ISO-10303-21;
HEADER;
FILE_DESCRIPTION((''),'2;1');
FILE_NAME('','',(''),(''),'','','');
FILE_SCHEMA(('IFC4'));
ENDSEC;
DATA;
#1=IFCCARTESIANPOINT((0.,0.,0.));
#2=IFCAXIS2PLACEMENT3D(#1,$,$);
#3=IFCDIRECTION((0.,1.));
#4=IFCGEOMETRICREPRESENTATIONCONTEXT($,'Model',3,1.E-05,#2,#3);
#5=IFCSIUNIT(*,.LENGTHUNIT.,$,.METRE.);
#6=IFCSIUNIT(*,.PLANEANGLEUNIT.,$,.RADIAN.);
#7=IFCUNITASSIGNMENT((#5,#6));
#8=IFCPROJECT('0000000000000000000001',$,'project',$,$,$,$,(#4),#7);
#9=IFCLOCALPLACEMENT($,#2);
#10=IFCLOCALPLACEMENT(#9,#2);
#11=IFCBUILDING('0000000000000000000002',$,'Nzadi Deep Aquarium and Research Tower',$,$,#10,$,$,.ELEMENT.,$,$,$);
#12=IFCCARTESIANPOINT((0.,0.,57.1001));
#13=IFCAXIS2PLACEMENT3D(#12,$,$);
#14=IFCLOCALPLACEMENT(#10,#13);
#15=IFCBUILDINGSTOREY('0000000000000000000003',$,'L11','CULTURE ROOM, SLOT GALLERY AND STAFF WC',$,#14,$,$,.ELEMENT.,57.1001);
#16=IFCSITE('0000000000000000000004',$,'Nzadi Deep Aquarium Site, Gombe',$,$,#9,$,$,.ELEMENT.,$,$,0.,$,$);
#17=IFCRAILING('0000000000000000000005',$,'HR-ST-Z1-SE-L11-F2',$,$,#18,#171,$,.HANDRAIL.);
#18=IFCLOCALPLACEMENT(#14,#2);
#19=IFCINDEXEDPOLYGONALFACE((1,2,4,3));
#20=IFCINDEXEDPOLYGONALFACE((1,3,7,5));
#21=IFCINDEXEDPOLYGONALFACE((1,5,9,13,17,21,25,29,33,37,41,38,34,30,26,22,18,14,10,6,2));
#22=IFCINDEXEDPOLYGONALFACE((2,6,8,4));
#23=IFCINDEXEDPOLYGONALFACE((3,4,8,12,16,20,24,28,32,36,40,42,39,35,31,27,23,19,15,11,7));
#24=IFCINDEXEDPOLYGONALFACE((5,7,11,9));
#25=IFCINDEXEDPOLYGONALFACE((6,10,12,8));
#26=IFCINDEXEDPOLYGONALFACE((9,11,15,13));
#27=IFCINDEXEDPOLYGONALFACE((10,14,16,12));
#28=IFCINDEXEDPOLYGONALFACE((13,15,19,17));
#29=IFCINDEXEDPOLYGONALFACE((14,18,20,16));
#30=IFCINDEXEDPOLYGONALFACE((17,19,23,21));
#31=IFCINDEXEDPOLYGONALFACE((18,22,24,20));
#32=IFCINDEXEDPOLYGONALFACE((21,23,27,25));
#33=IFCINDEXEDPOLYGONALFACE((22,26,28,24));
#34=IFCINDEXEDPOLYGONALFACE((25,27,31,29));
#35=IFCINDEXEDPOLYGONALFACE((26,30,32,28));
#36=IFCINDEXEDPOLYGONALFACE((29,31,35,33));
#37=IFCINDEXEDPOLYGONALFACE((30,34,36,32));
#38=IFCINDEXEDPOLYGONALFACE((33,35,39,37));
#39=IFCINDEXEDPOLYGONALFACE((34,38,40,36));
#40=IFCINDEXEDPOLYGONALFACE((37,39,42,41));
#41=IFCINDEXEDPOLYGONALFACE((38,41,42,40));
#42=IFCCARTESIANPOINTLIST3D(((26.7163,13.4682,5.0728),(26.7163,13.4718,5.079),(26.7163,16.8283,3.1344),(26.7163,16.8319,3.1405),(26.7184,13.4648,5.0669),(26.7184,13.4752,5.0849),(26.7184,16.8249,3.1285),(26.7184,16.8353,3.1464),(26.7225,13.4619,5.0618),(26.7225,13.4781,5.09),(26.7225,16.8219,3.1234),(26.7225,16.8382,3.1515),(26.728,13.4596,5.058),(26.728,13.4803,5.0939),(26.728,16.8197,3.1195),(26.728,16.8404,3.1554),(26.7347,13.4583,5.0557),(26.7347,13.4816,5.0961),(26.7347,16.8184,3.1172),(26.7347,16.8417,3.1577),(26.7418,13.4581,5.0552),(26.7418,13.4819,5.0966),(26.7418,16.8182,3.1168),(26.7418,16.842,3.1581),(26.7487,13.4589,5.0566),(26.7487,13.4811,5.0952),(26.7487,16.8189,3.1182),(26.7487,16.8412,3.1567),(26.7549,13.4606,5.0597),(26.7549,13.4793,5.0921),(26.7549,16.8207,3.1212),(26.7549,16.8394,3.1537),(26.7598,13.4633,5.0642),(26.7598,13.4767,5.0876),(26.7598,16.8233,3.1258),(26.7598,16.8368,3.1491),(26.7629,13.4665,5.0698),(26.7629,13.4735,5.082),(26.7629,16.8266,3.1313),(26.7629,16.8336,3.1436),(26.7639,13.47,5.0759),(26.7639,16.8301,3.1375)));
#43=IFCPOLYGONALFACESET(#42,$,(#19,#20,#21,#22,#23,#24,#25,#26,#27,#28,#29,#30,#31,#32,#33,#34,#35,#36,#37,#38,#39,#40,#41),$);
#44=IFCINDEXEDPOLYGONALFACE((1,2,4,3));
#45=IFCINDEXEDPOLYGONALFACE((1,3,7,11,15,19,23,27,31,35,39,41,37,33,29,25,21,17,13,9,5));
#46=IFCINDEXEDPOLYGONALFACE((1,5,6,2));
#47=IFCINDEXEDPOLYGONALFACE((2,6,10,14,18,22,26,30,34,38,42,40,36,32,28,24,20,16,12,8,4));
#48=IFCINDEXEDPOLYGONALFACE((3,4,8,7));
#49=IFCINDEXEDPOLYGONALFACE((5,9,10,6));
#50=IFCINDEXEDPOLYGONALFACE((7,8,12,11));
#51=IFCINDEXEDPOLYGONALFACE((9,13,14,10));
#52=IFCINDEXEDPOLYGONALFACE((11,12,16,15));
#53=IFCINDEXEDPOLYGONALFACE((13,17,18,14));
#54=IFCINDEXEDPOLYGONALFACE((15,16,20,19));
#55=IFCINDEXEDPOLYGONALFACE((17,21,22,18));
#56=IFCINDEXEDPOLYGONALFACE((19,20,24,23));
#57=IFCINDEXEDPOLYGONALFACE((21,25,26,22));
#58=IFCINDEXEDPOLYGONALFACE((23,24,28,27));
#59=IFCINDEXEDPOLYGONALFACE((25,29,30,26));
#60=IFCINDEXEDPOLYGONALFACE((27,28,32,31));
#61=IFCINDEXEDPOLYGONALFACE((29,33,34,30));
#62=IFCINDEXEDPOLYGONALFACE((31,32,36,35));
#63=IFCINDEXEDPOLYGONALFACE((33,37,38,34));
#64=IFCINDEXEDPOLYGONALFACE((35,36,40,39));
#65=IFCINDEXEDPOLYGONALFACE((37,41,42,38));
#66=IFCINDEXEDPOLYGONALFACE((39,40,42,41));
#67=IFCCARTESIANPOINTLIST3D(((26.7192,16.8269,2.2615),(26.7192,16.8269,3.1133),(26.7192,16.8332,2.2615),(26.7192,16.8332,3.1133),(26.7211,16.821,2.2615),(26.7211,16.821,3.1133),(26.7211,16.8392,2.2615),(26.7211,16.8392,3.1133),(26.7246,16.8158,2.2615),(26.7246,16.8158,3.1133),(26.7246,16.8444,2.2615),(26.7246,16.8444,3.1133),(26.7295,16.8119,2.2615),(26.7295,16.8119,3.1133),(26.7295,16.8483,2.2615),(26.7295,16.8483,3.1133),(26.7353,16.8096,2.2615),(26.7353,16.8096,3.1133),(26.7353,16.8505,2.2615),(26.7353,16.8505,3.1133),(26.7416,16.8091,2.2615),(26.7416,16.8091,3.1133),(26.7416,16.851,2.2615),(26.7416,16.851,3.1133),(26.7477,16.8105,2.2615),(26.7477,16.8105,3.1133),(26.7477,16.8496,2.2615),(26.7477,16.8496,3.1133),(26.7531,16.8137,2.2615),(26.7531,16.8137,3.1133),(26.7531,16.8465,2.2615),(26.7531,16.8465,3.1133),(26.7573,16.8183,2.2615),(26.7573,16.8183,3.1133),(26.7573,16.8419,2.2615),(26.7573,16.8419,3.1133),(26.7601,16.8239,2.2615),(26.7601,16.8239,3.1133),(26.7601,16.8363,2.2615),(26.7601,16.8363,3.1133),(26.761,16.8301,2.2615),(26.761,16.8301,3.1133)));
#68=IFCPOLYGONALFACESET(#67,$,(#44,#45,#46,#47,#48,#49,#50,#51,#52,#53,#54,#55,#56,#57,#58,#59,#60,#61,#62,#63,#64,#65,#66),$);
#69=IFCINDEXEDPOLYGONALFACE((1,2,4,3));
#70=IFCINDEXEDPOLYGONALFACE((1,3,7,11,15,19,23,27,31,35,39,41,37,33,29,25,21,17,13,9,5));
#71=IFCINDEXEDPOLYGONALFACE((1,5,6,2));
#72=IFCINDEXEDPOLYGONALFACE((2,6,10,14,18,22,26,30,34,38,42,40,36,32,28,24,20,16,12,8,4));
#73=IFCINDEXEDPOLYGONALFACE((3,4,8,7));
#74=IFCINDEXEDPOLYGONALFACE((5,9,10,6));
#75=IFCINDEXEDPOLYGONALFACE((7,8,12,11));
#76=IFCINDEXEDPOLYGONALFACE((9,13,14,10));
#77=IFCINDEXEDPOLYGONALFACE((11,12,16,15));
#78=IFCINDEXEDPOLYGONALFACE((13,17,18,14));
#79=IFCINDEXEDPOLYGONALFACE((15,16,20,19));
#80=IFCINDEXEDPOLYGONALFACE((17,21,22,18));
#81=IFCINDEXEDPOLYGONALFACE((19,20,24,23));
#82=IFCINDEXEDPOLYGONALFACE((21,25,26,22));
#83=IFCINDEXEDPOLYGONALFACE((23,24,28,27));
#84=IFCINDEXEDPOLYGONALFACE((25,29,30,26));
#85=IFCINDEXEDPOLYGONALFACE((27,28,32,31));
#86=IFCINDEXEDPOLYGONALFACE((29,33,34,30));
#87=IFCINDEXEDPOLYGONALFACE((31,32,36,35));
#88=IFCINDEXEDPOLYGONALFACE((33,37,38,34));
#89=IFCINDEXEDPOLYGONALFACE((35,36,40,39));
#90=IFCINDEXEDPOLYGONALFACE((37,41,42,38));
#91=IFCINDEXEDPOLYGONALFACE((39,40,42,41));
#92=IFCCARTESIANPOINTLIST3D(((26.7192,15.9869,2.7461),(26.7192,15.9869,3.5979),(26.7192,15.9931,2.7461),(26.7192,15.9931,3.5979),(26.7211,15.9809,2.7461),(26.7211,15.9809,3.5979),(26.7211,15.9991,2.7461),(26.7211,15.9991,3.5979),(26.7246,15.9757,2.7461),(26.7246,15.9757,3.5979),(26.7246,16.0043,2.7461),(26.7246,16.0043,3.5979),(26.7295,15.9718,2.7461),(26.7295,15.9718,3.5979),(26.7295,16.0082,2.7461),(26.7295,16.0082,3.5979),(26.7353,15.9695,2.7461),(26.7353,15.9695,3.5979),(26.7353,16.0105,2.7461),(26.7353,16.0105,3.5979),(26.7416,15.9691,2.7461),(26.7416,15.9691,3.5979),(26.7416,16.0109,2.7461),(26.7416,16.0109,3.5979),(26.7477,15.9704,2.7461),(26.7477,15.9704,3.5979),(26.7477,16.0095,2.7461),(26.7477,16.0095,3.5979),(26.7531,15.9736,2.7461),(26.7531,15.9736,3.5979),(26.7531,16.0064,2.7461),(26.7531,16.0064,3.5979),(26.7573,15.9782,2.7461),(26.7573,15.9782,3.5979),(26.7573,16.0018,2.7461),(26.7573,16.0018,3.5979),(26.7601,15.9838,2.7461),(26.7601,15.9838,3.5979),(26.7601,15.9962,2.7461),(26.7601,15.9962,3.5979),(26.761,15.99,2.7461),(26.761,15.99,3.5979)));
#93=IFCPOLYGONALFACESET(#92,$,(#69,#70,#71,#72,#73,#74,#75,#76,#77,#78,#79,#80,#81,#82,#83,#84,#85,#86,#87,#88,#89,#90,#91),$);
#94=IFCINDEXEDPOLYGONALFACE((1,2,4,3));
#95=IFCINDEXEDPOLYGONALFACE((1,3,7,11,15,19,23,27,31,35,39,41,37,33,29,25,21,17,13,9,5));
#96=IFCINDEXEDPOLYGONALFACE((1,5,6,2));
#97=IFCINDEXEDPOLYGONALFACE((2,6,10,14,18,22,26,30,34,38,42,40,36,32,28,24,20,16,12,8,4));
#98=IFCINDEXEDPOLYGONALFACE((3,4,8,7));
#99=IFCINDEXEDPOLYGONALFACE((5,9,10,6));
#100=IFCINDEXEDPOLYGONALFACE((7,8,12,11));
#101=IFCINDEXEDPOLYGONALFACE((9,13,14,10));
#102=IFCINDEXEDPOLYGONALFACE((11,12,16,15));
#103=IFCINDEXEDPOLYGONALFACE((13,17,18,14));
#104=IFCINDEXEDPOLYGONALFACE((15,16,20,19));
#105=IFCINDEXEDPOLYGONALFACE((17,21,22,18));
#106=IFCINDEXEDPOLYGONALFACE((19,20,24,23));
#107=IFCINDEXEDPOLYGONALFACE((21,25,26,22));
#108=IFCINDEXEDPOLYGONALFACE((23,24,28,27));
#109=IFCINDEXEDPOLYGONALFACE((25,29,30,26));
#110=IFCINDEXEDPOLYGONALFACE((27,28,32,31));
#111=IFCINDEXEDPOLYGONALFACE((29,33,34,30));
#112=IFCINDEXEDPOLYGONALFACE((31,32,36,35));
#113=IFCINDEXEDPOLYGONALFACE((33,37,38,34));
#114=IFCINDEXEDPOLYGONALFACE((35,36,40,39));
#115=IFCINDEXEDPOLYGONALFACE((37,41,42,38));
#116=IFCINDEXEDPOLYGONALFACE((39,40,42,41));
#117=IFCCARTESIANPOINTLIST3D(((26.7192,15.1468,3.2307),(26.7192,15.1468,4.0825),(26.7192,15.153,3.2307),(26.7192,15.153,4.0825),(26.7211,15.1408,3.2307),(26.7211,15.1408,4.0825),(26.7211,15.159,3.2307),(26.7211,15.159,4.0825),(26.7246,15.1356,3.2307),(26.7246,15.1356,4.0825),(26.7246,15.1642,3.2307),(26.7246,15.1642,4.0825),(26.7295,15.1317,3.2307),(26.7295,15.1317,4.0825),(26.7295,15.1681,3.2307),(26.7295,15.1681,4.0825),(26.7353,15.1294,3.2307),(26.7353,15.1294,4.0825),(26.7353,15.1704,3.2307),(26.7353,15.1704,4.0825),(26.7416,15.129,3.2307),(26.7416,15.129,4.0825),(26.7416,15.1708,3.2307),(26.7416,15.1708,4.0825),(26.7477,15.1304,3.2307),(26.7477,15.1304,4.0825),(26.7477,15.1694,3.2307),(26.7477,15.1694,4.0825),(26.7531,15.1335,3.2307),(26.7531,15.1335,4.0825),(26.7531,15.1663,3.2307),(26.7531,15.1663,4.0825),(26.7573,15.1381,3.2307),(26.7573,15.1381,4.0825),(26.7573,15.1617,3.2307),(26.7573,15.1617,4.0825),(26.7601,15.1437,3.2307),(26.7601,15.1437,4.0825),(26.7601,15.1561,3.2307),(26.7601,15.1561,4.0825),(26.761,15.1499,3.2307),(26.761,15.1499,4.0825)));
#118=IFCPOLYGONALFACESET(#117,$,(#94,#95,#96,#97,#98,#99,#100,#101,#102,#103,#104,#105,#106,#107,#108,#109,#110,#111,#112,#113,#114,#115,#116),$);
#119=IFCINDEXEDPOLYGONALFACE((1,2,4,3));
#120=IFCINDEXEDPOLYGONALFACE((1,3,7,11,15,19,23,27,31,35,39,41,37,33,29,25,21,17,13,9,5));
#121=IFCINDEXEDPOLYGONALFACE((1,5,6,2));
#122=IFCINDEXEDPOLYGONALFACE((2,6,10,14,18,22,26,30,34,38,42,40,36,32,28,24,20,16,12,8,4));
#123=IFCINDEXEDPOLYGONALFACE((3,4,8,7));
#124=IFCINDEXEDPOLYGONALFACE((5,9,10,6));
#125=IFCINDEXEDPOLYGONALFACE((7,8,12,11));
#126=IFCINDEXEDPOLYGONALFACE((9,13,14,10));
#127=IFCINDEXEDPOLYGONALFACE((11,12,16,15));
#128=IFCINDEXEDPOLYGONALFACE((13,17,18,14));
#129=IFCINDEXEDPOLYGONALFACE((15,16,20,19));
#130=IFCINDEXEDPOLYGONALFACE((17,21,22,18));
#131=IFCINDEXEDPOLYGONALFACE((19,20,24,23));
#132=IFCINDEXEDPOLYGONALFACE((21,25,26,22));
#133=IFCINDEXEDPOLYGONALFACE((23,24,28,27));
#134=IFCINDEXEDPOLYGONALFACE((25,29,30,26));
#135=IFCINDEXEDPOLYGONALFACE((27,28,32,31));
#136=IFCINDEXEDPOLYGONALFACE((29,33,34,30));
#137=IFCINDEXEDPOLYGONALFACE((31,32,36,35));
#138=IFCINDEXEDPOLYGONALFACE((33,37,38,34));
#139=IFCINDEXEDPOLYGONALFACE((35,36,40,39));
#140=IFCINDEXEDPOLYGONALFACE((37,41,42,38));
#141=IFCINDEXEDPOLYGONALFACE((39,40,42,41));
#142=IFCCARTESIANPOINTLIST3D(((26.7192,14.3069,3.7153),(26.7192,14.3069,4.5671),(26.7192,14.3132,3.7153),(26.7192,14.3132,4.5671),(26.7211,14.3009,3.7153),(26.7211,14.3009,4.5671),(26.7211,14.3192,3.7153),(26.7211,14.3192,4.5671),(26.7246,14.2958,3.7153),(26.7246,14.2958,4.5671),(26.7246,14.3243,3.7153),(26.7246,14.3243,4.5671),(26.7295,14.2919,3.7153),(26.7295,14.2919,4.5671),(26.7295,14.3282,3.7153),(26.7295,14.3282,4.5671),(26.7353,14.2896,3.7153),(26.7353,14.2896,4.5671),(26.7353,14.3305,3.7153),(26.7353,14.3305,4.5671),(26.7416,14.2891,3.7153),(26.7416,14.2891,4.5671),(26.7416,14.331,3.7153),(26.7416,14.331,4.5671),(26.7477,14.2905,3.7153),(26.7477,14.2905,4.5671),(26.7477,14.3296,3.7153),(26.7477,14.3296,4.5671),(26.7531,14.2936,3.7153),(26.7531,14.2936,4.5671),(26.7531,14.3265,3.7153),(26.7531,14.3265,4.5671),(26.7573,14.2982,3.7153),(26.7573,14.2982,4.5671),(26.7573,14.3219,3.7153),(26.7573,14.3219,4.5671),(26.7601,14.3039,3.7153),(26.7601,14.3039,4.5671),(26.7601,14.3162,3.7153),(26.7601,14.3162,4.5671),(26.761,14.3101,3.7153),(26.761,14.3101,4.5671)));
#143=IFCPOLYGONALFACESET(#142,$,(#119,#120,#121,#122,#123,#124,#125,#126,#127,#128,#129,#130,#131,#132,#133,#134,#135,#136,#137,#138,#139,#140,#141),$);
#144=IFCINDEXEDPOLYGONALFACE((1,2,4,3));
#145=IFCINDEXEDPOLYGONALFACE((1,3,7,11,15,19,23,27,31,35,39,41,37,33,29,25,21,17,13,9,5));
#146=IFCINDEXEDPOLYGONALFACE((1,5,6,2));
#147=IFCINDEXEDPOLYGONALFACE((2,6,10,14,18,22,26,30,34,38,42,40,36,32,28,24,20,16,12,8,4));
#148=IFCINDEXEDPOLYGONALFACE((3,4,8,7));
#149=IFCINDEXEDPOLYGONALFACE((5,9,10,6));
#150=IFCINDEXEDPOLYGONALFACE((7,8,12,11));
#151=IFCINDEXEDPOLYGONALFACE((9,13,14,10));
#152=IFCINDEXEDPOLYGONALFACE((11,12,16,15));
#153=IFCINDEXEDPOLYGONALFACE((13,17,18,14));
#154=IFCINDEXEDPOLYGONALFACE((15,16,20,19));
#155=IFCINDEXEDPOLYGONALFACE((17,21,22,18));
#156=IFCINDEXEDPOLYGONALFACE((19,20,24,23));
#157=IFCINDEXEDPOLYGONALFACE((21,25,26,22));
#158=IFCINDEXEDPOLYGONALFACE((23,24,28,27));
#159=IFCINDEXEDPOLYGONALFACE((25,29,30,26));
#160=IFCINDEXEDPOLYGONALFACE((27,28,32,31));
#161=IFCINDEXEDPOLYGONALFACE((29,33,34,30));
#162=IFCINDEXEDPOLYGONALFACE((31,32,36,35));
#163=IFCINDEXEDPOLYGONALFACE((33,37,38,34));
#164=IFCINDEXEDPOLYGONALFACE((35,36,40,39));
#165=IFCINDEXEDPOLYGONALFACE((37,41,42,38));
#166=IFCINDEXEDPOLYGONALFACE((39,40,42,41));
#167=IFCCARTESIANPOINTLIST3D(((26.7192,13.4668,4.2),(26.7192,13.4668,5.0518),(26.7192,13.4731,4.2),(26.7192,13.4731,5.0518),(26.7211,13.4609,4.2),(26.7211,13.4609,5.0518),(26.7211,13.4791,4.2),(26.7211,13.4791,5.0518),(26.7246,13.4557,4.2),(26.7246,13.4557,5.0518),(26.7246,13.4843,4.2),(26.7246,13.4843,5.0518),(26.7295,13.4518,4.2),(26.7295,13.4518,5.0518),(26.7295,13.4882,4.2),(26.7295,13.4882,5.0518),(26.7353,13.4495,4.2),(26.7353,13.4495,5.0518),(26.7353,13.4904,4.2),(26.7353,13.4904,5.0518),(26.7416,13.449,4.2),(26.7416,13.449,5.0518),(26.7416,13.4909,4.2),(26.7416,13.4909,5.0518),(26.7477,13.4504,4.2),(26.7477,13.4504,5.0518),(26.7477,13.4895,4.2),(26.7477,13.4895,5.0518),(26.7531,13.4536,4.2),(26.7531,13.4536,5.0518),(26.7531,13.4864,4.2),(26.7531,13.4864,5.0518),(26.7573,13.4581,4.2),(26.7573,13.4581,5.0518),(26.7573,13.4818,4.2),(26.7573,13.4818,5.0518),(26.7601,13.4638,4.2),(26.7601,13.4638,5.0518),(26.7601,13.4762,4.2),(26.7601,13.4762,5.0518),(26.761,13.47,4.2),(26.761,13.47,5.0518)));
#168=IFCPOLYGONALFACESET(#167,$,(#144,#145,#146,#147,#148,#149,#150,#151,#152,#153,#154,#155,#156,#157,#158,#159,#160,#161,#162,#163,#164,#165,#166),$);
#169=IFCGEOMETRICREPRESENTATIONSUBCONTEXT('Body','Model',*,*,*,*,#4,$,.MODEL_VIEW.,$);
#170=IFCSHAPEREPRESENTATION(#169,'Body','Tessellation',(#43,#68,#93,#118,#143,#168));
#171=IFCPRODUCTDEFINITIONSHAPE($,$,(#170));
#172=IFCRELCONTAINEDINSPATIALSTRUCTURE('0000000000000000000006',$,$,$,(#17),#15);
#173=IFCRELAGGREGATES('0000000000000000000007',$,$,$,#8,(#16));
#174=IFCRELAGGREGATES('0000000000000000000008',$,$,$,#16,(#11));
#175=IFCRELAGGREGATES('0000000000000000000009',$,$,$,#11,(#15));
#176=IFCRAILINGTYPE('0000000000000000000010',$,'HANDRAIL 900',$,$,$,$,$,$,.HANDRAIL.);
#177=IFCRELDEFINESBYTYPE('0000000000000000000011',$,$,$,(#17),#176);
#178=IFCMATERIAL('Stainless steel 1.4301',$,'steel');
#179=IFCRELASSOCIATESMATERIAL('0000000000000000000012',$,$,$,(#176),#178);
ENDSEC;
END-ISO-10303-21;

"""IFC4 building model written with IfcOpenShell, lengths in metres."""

from ifc_helpers import new_model, si_unit, direction, frame, origin, origin_2d, place, context, subcontext, project, spatial, circle, extrude, material, type_object, element, save


model = new_model("IFC4")

# Units and contexts
model_context = context("Model", 3, precision=1e-05, world=origin(), true_north=direction((0.0, 1.0)))
body_context = subcontext(model_context, "Body", "Model", "MODEL_VIEW")
ifc_project = project(units=[si_unit("LENGTHUNIT", "METRE"), si_unit("PLANEANGLEUNIT", "RADIAN")], contexts=[model_context])

# Site, building, storey
site_placement = place(None, origin())
site = spatial("IfcSite", under=ifc_project, at=site_placement, Name="Nzadi Deep Aquarium Site, Gombe", CompositionType="ELEMENT", RefElevation=0.0)
building_placement = place(site_placement, origin())
building = spatial("IfcBuilding", under=site, at=building_placement, Name="Nzadi Deep Aquarium and Research Tower", CompositionType="ELEMENT")
storey_placement = place(building_placement, frame((0.0, 0.0, 57.1001)))
storey = spatial("IfcBuildingStorey", under=building, at=storey_placement, Name="L11", Description="CULTURE ROOM, SLOT GALLERY AND STAFF WC", CompositionType="ELEMENT", Elevation=57.1001)

# Railing
ifc_material_1 = material(Name="Stainless steel 1.4301", Category="steel")
railing_type = type_object("IfcRailingType", Name="HANDRAIL 900", PredefinedType="HANDRAIL", material=ifc_material_1)
for number, where, name in (
    (1, (26.74, 16.8301, 2.2615), "HR-ST-Z1-SE-L11-F2"),
):
    element("IfcRailing", number, at=place(storey_placement, frame(where)), inside=storey, type_object=railing_type, Name=name, PredefinedType="HANDRAIL", context=body_context, shape_type="SweptSolid", body=[
        extrude(circle(Radius=0.0239, at=origin_2d()), frame((0.0, 0.0, 0.876), z_axis=(0.0, -0.866191, 0.499713), x_axis=(1.0, 0.0, 0.0)), (0.0, 0.0, 1.0), 3.8792),
        extrude(circle(Radius=0.021, at=origin_2d()), origin(), (0.0, 0.0, 1.0), 0.8518),
        extrude(circle(Radius=0.021, at=origin_2d()), frame((0.0, -0.8401, 0.4846)), (0.0, 0.0, 1.0), 0.8518),
        extrude(circle(Radius=0.021, at=origin_2d()), frame((0.0, -1.6802, 0.9692)), (0.0, 0.0, 1.0), 0.8518),
        extrude(circle(Radius=0.021, at=origin_2d()), frame((0.0, -2.52, 1.4539)), (0.0, 0.0, 1.0), 0.8518),
        extrude(circle(Radius=0.021, at=origin_2d()), frame((0.0, -3.3601, 1.9385)), (0.0, 0.0, 1.0), 0.8518),
    ])

save(model, "model.ifc")
